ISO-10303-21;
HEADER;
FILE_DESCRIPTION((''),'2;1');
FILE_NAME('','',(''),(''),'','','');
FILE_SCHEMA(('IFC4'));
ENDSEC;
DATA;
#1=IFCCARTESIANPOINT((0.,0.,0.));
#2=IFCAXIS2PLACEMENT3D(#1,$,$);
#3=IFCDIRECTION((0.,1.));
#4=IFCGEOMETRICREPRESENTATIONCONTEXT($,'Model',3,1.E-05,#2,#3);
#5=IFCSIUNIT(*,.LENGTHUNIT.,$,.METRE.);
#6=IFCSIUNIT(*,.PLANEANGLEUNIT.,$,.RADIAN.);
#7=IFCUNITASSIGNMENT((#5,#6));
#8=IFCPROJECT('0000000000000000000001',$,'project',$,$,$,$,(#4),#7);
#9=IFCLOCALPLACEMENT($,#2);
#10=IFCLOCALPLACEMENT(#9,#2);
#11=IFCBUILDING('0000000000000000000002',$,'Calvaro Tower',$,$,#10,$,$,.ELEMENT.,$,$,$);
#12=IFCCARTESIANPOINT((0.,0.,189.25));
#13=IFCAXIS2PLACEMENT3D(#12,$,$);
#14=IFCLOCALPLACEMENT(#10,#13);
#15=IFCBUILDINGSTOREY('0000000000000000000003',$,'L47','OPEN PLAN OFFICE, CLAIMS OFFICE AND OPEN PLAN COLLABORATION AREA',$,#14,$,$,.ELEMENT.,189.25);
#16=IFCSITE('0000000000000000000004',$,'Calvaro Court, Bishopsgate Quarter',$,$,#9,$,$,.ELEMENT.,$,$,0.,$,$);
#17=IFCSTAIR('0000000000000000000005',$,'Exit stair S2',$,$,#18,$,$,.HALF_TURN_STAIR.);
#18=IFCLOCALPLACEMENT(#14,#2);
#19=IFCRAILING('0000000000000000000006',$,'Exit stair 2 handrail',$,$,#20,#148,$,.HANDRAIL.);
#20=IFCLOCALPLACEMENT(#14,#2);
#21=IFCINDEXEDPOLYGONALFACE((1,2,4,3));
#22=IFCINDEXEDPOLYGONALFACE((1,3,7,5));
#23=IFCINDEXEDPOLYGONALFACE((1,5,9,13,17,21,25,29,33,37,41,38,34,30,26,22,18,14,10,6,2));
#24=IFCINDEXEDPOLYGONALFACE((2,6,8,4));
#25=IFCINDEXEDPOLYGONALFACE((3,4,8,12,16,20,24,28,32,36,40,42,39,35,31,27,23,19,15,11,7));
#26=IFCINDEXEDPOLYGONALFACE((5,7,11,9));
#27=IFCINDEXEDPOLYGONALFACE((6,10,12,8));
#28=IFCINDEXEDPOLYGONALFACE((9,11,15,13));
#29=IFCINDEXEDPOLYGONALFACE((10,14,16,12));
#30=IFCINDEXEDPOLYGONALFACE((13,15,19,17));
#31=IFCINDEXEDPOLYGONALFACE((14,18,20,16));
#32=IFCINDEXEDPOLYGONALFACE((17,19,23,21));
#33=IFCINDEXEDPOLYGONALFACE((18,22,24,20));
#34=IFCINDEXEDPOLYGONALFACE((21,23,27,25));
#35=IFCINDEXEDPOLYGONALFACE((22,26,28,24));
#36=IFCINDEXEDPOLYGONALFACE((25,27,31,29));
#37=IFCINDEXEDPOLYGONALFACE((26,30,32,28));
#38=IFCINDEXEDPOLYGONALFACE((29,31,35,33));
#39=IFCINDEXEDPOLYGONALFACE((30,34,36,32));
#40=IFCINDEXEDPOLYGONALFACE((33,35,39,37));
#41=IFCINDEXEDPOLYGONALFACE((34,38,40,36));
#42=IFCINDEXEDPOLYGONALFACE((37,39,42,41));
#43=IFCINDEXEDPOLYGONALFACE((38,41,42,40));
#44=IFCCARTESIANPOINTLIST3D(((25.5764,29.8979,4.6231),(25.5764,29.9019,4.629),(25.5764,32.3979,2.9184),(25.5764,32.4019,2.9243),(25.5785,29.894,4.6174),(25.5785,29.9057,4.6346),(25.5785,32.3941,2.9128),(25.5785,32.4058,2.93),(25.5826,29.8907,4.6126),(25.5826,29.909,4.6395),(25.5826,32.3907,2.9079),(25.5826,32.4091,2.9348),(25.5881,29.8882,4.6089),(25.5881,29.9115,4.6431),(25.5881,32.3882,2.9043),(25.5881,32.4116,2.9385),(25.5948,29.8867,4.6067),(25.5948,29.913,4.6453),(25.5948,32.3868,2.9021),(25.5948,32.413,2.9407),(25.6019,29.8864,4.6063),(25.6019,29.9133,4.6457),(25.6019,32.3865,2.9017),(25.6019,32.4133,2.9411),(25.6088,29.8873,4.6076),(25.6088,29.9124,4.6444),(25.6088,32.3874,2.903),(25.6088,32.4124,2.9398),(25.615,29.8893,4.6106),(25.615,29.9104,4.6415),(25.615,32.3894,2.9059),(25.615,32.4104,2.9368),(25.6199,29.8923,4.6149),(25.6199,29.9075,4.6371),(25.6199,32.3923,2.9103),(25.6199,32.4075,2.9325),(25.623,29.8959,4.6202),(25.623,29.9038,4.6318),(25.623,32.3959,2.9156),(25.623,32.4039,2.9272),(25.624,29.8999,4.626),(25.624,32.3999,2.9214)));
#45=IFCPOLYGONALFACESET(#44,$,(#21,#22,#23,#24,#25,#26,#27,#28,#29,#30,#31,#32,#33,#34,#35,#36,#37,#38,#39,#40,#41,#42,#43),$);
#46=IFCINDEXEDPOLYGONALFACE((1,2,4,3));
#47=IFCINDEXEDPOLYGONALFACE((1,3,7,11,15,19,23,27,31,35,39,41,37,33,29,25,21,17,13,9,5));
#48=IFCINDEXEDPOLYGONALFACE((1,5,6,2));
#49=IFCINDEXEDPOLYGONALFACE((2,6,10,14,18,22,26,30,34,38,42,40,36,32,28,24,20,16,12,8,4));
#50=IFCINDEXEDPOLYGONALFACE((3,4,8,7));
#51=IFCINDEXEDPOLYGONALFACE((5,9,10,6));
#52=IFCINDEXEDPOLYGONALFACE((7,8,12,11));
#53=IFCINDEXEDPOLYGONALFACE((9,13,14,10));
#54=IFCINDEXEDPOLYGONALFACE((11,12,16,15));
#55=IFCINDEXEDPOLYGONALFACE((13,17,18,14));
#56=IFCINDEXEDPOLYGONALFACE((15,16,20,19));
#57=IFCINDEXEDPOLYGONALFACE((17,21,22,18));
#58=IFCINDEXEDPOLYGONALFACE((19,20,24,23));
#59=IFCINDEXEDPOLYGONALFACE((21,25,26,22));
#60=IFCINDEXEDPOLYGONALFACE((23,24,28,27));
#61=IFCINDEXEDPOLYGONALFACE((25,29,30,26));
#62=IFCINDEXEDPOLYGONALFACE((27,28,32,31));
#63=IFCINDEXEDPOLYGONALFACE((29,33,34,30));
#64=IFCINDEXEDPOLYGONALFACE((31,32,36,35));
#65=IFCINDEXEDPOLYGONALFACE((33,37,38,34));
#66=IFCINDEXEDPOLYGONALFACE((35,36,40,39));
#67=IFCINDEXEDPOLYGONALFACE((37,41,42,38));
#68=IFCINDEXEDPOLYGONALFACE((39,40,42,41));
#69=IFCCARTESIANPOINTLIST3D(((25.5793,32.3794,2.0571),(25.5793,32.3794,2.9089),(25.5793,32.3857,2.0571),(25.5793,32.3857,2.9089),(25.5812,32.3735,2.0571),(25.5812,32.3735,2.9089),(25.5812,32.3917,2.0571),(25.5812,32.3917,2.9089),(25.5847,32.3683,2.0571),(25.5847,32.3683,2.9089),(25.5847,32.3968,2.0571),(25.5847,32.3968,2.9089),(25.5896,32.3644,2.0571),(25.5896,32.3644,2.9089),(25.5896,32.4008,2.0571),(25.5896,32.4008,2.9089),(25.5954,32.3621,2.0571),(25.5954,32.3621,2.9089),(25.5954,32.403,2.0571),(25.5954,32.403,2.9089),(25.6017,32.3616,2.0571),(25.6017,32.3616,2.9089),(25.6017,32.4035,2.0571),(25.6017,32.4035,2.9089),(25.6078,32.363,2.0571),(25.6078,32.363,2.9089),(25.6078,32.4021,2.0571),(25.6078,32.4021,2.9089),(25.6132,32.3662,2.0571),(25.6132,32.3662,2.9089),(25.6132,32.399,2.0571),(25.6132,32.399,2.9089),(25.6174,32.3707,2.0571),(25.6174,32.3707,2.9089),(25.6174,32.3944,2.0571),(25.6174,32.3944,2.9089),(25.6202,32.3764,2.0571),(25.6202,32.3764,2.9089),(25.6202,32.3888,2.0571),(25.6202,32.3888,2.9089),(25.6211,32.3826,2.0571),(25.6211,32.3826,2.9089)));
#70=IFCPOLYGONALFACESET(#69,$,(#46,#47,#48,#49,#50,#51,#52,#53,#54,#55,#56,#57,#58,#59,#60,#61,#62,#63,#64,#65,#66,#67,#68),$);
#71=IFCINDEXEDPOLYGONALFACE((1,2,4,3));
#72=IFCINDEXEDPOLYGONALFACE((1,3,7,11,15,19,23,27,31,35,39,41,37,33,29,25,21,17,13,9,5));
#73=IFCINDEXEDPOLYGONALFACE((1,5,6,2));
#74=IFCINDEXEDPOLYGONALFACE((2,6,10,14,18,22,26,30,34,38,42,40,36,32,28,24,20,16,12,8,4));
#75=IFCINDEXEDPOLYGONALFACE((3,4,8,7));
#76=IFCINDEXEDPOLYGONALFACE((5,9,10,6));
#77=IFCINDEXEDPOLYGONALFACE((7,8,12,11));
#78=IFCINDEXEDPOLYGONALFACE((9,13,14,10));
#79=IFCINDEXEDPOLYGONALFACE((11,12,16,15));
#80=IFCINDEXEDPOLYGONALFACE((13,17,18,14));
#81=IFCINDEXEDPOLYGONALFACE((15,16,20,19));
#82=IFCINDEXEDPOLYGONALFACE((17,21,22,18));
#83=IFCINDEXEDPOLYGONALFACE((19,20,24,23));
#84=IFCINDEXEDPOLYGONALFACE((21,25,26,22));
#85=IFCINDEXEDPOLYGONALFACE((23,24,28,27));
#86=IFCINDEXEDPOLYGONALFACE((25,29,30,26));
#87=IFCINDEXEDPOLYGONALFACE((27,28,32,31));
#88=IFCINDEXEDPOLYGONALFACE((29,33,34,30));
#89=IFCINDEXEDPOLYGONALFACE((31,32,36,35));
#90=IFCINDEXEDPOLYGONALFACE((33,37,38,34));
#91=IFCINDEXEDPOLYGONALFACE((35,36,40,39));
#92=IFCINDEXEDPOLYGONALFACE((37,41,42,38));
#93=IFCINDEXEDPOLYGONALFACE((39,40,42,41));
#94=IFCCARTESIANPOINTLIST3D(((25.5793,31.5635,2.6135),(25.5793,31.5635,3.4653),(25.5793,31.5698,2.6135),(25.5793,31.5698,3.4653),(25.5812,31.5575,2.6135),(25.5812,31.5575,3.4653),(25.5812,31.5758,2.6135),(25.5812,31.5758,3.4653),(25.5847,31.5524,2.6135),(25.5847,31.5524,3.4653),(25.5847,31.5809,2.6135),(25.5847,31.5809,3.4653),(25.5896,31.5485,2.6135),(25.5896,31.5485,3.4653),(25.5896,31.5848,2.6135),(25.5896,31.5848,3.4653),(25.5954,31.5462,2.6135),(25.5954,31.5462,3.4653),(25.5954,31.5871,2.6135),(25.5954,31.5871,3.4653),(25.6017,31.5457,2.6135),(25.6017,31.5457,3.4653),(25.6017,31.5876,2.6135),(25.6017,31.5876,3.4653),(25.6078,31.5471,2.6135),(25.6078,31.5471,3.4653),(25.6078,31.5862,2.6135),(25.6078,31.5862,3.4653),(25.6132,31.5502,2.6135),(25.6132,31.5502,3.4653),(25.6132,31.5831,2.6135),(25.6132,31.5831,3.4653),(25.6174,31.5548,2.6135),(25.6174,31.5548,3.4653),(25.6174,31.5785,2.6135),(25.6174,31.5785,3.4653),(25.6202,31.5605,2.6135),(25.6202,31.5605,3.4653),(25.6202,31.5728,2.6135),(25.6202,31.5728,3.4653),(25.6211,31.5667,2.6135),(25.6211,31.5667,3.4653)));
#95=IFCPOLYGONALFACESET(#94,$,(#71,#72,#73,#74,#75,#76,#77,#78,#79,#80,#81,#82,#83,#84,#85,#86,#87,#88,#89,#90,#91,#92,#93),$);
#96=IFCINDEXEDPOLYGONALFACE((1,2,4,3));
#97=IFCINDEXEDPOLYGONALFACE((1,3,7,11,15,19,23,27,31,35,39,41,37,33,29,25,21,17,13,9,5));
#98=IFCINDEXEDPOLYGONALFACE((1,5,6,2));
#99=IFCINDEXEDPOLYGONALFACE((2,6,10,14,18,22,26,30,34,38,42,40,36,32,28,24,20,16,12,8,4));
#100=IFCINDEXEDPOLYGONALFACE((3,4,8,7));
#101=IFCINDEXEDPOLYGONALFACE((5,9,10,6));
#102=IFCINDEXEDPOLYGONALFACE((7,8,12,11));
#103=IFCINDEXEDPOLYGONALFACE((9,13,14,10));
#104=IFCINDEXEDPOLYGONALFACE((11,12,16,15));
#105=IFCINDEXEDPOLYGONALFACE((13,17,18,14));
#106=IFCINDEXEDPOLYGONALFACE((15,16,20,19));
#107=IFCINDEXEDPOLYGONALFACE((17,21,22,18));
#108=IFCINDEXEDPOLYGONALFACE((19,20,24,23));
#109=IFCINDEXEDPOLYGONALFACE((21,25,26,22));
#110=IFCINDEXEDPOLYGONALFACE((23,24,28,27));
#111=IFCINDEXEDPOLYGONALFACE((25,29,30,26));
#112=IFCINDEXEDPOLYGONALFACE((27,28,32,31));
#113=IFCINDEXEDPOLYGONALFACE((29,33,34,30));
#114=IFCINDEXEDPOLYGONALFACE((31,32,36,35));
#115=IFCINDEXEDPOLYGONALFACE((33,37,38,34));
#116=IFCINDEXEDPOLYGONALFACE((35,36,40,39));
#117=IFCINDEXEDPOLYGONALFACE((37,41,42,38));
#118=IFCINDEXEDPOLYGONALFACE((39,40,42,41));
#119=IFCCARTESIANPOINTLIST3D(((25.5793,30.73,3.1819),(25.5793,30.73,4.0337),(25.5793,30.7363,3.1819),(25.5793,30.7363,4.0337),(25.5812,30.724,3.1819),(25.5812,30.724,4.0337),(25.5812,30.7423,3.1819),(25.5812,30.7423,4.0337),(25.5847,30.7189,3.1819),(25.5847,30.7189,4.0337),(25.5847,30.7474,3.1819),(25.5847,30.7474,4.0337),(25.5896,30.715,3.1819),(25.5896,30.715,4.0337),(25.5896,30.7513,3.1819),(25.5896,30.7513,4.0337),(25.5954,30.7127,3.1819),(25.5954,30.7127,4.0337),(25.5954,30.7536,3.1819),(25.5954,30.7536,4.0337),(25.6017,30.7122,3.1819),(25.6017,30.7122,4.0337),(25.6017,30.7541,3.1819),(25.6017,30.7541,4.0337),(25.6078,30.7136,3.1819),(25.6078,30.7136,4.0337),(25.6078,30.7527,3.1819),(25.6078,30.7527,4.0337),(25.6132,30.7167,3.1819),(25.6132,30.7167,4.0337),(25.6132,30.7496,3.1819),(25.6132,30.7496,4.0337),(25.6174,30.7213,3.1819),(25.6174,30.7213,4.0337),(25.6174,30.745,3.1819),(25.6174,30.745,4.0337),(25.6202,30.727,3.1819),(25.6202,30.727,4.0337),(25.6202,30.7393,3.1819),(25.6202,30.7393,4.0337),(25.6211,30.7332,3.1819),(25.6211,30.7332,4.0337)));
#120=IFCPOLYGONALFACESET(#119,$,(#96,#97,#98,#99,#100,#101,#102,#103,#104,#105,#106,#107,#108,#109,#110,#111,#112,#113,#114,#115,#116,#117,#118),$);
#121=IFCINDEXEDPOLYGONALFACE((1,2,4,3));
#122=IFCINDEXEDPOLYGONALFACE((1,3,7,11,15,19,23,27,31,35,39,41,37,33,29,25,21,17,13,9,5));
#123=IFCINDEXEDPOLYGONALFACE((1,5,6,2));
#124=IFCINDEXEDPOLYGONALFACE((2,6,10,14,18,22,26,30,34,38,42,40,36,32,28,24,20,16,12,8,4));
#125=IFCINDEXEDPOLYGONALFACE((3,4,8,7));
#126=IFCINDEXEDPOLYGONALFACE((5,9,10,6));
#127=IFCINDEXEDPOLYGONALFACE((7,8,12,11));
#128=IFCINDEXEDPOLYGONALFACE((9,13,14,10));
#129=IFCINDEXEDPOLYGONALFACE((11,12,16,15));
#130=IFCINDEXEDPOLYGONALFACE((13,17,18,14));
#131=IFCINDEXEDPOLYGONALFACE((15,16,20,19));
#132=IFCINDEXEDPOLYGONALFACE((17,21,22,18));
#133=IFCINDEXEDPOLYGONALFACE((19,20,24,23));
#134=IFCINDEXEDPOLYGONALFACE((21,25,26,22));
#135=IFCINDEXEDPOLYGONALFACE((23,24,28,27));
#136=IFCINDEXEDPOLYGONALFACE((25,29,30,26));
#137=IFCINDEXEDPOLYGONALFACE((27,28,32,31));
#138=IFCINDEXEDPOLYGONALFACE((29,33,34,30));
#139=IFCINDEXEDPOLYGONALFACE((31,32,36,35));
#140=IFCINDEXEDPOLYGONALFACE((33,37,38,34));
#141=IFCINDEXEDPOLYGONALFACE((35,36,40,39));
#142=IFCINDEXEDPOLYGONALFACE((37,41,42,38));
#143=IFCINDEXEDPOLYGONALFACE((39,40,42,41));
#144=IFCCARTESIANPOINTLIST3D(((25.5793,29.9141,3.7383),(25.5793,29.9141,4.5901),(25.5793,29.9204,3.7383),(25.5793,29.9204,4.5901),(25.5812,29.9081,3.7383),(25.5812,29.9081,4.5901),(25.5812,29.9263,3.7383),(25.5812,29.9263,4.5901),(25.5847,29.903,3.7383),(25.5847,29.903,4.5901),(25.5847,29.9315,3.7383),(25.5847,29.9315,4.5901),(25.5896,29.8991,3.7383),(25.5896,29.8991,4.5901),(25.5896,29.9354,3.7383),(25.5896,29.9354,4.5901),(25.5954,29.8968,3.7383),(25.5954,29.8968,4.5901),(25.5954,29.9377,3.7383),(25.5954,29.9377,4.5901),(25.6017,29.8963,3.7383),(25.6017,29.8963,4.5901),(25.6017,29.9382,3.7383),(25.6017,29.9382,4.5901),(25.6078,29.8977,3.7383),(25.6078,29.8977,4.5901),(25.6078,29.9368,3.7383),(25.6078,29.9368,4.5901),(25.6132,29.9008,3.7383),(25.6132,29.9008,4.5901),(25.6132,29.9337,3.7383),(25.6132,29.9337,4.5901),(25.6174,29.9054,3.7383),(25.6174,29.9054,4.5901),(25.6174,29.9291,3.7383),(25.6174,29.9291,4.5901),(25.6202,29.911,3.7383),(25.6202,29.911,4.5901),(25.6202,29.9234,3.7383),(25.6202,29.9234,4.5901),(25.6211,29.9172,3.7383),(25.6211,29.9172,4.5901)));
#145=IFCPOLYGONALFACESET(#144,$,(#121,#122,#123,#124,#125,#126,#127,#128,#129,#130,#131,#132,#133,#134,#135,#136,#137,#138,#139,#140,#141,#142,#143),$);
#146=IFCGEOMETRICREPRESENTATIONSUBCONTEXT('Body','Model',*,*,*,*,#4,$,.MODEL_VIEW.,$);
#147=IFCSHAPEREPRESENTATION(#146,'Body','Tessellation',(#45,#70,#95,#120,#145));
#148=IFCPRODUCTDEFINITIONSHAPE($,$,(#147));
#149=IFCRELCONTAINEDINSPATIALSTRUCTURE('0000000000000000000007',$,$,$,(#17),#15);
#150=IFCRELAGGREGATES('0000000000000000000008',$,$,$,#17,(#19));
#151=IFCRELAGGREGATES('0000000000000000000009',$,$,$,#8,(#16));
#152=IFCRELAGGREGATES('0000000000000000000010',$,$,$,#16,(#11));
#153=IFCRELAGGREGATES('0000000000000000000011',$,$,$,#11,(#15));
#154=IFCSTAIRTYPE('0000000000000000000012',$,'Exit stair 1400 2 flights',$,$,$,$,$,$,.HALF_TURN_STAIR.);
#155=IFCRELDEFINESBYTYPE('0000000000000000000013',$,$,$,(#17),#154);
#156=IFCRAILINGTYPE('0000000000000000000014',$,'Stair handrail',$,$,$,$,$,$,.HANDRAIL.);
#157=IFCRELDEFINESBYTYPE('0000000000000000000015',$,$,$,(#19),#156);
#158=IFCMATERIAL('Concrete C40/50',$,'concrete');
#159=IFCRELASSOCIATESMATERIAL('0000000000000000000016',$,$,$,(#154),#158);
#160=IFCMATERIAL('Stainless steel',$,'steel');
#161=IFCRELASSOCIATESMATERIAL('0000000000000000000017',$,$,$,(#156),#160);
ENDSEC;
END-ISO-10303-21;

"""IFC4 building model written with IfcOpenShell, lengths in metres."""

from ifc_helpers import new_model, si_unit, direction, frame, origin, origin_2d, place, context, subcontext, project, spatial, circle, extrude, material, type_object, element, aggregate, save


model = new_model("IFC4")

# Units and contexts
model_context = context("Model", 3, precision=1e-05, world=origin(), true_north=direction((0.0, 1.0)))
body_context = subcontext(model_context, "Body", "Model", "MODEL_VIEW")
ifc_project = project(units=[si_unit("LENGTHUNIT", "METRE"), si_unit("PLANEANGLEUNIT", "RADIAN")], contexts=[model_context])

# Site, building, storey
site_placement = place(None, origin())
site = spatial("IfcSite", under=ifc_project, at=site_placement, Name="Calvaro Court, Bishopsgate Quarter", CompositionType="ELEMENT", RefElevation=0.0)
building_placement = place(site_placement, origin())
building = spatial("IfcBuilding", under=site, at=building_placement, Name="Calvaro Tower", CompositionType="ELEMENT")
storey_placement = place(building_placement, frame((0.0, 0.0, 189.25)))
storey = spatial("IfcBuildingStorey", under=building, at=storey_placement, Name="L47", Description="OPEN PLAN OFFICE, CLAIMS OFFICE AND OPEN PLAN COLLABORATION AREA", CompositionType="ELEMENT", Elevation=189.25)

# Stair, railing
ifc_material_1 = material(Name="Concrete C40/50", Category="concrete")
stair_type = type_object("IfcStairType", Name="Exit stair 1400 2 flights", PredefinedType="HALF_TURN_STAIR", material=ifc_material_1)
stair_placement = place(storey_placement, origin())
stair = element("IfcStair", 1, at=stair_placement, inside=storey, type_object=stair_type, Name="Exit stair S2", PredefinedType="HALF_TURN_STAIR")
ifc_material_2 = material(Name="Stainless steel", Category="steel")
railing_type = type_object("IfcRailingType", Name="Stair handrail", PredefinedType="HANDRAIL", material=ifc_material_2)
railing_1_placement = place(storey_placement, frame((25.6001, 32.3999, 2.0454)))
railing_1 = element("IfcRailing", 2, at=railing_1_placement, type_object=railing_type, Name="Exit stair 2 handrail", PredefinedType="HANDRAIL", context=body_context, shape_type="SweptSolid", body=[
    extrude(circle(Radius=0.0239, at=origin_2d()), frame((0.0, 0.0, 0.876), z_axis=(0.0, -0.826221, 0.563347), x_axis=(1.0, 0.0, 0.0)), (0.0, 0.0, 1.0), 3.0259),
    extrude(circle(Radius=0.021, at=origin_2d()), frame((0.0, -0.0173, 0.0117)), (0.0, 0.0, 1.0), 0.8518),
    extrude(circle(Radius=0.021, at=origin_2d()), frame((0.0, -0.8333, 0.5681)), (0.0, 0.0, 1.0), 0.8518),
    extrude(circle(Radius=0.021, at=origin_2d()), frame((0.0, -1.6667, 1.1365)), (0.0, 0.0, 1.0), 0.8518),
    extrude(circle(Radius=0.021, at=origin_2d()), frame((0.0, -2.4827, 1.6929)), (0.0, 0.0, 1.0), 0.8518),
])
aggregate(stair, [railing_1])

save(model, "model.ifc")
